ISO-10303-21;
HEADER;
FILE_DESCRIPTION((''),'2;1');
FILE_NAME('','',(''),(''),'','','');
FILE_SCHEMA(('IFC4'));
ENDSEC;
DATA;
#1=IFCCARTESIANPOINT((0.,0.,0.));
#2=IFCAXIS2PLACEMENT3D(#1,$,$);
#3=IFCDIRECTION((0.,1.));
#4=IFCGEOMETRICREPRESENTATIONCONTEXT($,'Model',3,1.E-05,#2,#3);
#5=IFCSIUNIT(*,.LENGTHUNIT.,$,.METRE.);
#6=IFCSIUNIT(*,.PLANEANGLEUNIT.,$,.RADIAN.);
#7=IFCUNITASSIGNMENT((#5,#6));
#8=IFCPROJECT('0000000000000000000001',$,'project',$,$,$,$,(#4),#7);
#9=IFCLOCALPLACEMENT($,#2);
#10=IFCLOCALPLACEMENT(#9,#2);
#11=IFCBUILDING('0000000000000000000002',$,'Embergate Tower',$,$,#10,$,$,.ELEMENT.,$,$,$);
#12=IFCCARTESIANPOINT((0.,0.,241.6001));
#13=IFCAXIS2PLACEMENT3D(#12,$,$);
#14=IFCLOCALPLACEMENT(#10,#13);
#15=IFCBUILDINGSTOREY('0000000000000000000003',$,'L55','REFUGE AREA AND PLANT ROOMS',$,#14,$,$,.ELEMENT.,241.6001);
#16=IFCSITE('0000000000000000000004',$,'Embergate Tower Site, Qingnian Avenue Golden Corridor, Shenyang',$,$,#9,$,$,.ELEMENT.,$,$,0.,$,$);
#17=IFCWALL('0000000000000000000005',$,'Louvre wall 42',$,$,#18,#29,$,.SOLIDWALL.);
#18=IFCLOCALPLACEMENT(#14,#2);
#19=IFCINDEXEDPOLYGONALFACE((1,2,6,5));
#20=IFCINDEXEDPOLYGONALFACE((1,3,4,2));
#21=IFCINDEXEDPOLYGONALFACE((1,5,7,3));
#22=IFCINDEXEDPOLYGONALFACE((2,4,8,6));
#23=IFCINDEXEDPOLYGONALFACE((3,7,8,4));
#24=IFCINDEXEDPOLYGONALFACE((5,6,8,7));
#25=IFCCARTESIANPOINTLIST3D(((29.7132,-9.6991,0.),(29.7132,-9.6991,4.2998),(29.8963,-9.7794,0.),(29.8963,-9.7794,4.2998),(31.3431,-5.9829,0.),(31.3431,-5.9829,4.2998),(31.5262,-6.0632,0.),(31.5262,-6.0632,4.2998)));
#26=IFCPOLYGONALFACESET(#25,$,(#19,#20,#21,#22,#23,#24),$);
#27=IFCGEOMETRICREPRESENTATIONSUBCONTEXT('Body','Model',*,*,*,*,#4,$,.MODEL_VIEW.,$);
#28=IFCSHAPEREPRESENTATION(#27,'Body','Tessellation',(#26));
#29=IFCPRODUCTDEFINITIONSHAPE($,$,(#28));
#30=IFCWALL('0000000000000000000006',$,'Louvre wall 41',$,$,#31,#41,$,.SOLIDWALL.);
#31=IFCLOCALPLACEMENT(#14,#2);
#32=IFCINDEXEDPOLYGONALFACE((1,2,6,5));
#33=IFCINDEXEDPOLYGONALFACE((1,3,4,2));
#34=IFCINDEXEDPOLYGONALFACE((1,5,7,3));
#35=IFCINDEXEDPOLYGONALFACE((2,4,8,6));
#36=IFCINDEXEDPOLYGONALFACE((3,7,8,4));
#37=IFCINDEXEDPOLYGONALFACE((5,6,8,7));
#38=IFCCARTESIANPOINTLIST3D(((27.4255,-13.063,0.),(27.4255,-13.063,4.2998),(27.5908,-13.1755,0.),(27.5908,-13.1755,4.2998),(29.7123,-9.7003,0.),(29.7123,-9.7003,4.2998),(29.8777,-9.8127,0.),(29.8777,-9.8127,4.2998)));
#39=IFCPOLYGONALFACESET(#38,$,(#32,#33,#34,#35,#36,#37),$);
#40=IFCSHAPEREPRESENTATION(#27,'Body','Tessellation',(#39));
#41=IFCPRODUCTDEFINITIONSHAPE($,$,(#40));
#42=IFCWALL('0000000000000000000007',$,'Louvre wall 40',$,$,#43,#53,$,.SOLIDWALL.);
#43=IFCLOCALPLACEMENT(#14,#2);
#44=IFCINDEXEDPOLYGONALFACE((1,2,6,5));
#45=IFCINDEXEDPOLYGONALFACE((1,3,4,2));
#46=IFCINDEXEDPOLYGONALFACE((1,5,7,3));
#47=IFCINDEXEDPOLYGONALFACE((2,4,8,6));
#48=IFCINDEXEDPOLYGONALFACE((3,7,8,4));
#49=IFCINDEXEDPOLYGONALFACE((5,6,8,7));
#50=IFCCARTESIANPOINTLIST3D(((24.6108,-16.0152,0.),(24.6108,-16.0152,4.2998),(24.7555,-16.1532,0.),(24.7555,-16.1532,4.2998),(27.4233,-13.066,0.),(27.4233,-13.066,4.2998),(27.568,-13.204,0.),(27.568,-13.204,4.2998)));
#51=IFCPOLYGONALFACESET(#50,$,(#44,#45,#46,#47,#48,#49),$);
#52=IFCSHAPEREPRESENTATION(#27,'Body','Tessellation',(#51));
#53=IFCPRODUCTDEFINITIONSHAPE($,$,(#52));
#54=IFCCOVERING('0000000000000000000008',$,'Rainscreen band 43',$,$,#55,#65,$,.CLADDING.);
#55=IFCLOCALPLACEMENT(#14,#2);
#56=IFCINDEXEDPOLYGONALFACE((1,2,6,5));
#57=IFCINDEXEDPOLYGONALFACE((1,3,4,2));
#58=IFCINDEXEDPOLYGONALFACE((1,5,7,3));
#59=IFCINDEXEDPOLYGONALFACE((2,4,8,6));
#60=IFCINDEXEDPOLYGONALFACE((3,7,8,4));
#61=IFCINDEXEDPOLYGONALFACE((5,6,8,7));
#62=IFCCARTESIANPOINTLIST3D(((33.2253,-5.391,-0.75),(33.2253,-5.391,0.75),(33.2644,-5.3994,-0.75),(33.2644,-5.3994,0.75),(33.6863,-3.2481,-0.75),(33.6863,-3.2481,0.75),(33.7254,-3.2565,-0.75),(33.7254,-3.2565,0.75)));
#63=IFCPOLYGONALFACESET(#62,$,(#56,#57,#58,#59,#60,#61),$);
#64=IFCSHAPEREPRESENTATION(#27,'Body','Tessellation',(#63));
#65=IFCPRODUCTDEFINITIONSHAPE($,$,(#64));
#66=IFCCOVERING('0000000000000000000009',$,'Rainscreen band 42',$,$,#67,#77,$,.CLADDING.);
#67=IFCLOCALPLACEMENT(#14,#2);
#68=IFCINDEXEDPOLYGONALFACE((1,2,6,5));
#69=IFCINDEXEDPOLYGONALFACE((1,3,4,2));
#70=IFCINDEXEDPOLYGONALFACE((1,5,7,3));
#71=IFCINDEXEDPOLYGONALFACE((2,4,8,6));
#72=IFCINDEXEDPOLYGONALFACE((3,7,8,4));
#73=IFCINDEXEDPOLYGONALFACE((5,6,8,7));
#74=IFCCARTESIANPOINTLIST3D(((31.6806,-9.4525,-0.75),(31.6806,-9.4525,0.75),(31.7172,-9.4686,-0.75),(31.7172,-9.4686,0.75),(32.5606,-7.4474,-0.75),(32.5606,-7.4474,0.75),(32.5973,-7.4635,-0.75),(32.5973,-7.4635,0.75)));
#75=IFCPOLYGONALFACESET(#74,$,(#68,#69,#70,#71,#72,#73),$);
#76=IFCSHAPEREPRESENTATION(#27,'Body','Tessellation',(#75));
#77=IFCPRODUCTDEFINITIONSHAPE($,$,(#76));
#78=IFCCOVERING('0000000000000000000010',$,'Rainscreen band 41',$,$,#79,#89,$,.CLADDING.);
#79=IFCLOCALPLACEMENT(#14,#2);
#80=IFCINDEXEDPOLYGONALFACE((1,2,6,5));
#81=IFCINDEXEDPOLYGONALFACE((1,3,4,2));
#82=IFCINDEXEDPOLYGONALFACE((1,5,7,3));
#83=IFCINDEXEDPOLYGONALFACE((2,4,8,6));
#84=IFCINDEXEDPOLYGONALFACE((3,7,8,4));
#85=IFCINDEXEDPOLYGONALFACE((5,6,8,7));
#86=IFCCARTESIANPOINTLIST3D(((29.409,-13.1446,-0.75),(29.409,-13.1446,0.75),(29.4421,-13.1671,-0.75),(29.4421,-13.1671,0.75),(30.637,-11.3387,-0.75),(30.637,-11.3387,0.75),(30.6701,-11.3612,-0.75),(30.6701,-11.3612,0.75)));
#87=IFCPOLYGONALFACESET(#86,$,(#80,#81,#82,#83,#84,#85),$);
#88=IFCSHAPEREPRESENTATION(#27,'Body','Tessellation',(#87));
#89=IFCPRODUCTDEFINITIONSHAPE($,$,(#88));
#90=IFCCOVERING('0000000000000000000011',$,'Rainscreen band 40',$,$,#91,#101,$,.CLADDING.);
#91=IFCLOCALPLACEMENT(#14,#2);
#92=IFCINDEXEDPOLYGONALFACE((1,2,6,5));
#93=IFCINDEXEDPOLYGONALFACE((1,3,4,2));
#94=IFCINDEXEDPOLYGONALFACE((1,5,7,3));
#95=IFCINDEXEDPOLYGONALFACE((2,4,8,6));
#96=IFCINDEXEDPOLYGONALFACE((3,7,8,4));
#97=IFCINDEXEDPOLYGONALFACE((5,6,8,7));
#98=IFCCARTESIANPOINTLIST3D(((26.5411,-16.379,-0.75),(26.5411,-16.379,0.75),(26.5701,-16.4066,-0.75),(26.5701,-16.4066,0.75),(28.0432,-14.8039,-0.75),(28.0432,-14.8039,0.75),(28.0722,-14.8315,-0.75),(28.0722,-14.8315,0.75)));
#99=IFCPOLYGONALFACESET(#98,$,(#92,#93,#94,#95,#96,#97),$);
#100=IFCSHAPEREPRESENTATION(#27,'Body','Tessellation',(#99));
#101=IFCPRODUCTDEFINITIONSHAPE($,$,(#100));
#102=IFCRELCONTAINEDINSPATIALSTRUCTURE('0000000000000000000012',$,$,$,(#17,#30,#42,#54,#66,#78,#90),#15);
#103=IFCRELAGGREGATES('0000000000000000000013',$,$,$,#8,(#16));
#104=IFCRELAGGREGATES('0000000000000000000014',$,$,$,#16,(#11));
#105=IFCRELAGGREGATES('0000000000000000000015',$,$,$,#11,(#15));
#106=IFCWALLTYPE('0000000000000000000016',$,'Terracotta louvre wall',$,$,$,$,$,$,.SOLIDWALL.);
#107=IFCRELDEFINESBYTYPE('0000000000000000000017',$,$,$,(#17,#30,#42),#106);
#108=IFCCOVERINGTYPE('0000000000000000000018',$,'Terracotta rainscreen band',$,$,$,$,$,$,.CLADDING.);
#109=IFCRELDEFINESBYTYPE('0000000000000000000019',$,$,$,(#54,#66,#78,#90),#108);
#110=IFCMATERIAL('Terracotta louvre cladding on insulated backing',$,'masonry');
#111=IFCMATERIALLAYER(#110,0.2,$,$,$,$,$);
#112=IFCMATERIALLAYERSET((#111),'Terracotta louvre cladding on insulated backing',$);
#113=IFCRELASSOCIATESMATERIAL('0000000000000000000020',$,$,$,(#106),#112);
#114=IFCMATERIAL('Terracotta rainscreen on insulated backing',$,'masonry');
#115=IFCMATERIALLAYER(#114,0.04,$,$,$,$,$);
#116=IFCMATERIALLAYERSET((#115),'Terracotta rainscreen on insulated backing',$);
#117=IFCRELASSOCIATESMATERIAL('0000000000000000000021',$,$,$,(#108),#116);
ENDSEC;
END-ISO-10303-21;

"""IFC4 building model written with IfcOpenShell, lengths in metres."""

from ifc_helpers import new_model, si_unit, direction, frame, frame_2d, origin, origin_2d, place, context, subcontext, project, spatial, rectangle, extrude, source, transform, mapped, material, layer, layer_set, type_object, element, save


model = new_model("IFC4")

# Units and contexts
model_context = context("Model", 3, precision=1e-05, world=origin(), true_north=direction((0.0, 1.0)))
body_context = subcontext(model_context, "Body", "Model", "MODEL_VIEW")
ifc_project = project(units=[si_unit("LENGTHUNIT", "METRE"), si_unit("PLANEANGLEUNIT", "RADIAN")], contexts=[model_context])

# Site, building, storey
site_placement = place(None, origin())
site = spatial("IfcSite", under=ifc_project, at=site_placement, Name="Embergate Tower Site, Qingnian Avenue Golden Corridor, Shenyang", CompositionType="ELEMENT", RefElevation=0.0)
building_placement = place(site_placement, origin())
building = spatial("IfcBuilding", under=site, at=building_placement, Name="Embergate Tower", CompositionType="ELEMENT")
storey_placement = place(building_placement, frame((0.0, 0.0, 241.6001)))
storey = spatial("IfcBuildingStorey", under=building, at=storey_placement, Name="L55", Description="REFUGE AREA AND PLANT ROOMS", CompositionType="ELEMENT", Elevation=241.6001)

# Walls
ifc_material_1 = material(Name="Terracotta louvre cladding on insulated backing", Category="masonry")
ifc_layer_1 = layer(ifc_material_1, 0.2)
ifc_layer_set_1 = layer_set([ifc_layer_1], Name="Terracotta louvre cladding on insulated backing")
wall_type = type_object("IfcWallType", Name="Terracotta louvre wall", PredefinedType="SOLIDWALL", material=ifc_layer_set_1)
shared_shape_1 = source(origin(), body_context, "Body", "SweptSolid", [
    extrude(rectangle(XDim=4.0579, YDim=0.2, at=frame_2d((2.0288, 0.0))), origin(), (0.0, 0.0, 1.0), 4.2998),
])
wall_1_placement = place(storey_placement, frame((31.4346, -6.0232, 0.0), z_axis=(0.0, 0.0, 1.0), x_axis=(-0.401668, -0.915785, 0.0)))
element("IfcWall", 1, at=wall_1_placement, inside=storey, type_object=wall_type, Name="Louvre wall 42", PredefinedType="SOLIDWALL", context=body_context, shape_type="MappedRepresentation", body=[
    mapped(shared_shape_1, transform((0.0, 0.0, 0.0))),
])
shared_shape_2 = source(origin(), body_context, "Body", "SweptSolid", [
    extrude(rectangle(XDim=4.0667, YDim=0.2, at=frame_2d((2.0332, 0.0))), origin(), (0.0, 0.0, 1.0), 4.2998),
])
wall_2_placement = place(storey_placement, frame((29.7949, -9.7566, 0.0), z_axis=(0.0, 0.0, 1.0), x_axis=(-0.562338, -0.826908, 0.0)))
element("IfcWall", 2, at=wall_2_placement, inside=storey, type_object=wall_type, Name="Louvre wall 41", PredefinedType="SOLIDWALL", context=body_context, shape_type="MappedRepresentation", body=[
    mapped(shared_shape_2, transform((0.0, 0.0, 0.0))),
])
shared_shape_3 = source(origin(), body_context, "Body", "SweptSolid", [
    extrude(rectangle(XDim=4.0752, YDim=0.2, at=frame_2d((2.0376, 0.0))), origin(), (0.0, 0.0, 1.0), 4.2998),
])
wall_3_placement = place(storey_placement, frame((27.4956, -13.135, 0.0), z_axis=(0.0, 0.0, 1.0), x_axis=(-0.690134, -0.723682, 0.0)))
element("IfcWall", 3, at=wall_3_placement, inside=storey, type_object=wall_type, Name="Louvre wall 40", PredefinedType="SOLIDWALL", context=body_context, shape_type="MappedRepresentation", body=[
    mapped(shared_shape_3, transform((0.0, 0.0, 0.0))),
])

# Coverings
ifc_material_2 = material(Name="Terracotta rainscreen on insulated backing", Category="masonry")
ifc_layer_2 = layer(ifc_material_2, 0.04)
ifc_layer_set_2 = layer_set([ifc_layer_2], Name="Terracotta rainscreen on insulated backing")
covering_type = type_object("IfcCoveringType", Name="Terracotta rainscreen band", PredefinedType="CLADDING", material=ifc_layer_set_2)
shared_shape_4 = source(origin(), body_context, "Body", "SweptSolid", [
    extrude(rectangle(XDim=2.1919, YDim=0.04, at=origin_2d()), origin(), (0.0, 0.0, 1.0), 1.5),
])
covering_1_placement = place(storey_placement, frame((33.4753, -4.3237, -0.75), z_axis=(0.0, 0.0, 1.0), x_axis=(0.210308, 0.977635, 0.0)))
element("IfcCovering", 4, at=covering_1_placement, inside=storey, type_object=covering_type, Name="Rainscreen band 43", PredefinedType="CLADDING", context=body_context, shape_type="MappedRepresentation", body=[
    mapped(shared_shape_4, transform((0.0, 0.0, 0.0))),
])
shared_shape_5 = source(origin(), body_context, "Body", "SweptSolid", [
    extrude(rectangle(XDim=2.1897, YDim=0.04, at=origin_2d()), origin(), (0.0, 0.0, 1.0), 1.5),
])
covering_2_placement = place(storey_placement, frame((32.1389, -8.458, -0.75), z_axis=(0.0, 0.0, 1.0), x_axis=(0.401897, 0.915685, 0.0)))
element("IfcCovering", 5, at=covering_2_placement, inside=storey, type_object=covering_type, Name="Rainscreen band 42", PredefinedType="CLADDING", context=body_context, shape_type="MappedRepresentation", body=[
    mapped(shared_shape_5, transform((0.0, 0.0, 0.0))),
])
shared_shape_6 = source(origin(), body_context, "Body", "SweptSolid", [
    extrude(rectangle(XDim=2.1838, YDim=0.04, at=origin_2d()), origin(), (0.0, 0.0, 1.0), 1.5),
])
covering_3_placement = place(storey_placement, frame((30.0396, -12.2529, -0.75), z_axis=(0.0, 0.0, 1.0), x_axis=(0.562285, 0.826943, 0.0)))
element("IfcCovering", 6, at=covering_3_placement, inside=storey, type_object=covering_type, Name="Rainscreen band 41", PredefinedType="CLADDING", context=body_context, shape_type="MappedRepresentation", body=[
    mapped(shared_shape_6, transform((0.0, 0.0, 0.0))),
])
shared_shape_7 = source(origin(), body_context, "Body", "SweptSolid", [
    extrude(rectangle(XDim=2.1765, YDim=0.04, at=origin_2d()), origin(), (0.0, 0.0, 1.0), 1.5),
])
covering_4_placement = place(storey_placement, frame((27.3066, -15.6052, -0.75), z_axis=(0.0, 0.0, 1.0), x_axis=(0.690136, 0.723679, 0.0)))
element("IfcCovering", 7, at=covering_4_placement, inside=storey, type_object=covering_type, Name="Rainscreen band 40", PredefinedType="CLADDING", context=body_context, shape_type="MappedRepresentation", body=[
    mapped(shared_shape_7, transform((0.0, 0.0, 0.0))),
])

save(model, "model.ifc")
